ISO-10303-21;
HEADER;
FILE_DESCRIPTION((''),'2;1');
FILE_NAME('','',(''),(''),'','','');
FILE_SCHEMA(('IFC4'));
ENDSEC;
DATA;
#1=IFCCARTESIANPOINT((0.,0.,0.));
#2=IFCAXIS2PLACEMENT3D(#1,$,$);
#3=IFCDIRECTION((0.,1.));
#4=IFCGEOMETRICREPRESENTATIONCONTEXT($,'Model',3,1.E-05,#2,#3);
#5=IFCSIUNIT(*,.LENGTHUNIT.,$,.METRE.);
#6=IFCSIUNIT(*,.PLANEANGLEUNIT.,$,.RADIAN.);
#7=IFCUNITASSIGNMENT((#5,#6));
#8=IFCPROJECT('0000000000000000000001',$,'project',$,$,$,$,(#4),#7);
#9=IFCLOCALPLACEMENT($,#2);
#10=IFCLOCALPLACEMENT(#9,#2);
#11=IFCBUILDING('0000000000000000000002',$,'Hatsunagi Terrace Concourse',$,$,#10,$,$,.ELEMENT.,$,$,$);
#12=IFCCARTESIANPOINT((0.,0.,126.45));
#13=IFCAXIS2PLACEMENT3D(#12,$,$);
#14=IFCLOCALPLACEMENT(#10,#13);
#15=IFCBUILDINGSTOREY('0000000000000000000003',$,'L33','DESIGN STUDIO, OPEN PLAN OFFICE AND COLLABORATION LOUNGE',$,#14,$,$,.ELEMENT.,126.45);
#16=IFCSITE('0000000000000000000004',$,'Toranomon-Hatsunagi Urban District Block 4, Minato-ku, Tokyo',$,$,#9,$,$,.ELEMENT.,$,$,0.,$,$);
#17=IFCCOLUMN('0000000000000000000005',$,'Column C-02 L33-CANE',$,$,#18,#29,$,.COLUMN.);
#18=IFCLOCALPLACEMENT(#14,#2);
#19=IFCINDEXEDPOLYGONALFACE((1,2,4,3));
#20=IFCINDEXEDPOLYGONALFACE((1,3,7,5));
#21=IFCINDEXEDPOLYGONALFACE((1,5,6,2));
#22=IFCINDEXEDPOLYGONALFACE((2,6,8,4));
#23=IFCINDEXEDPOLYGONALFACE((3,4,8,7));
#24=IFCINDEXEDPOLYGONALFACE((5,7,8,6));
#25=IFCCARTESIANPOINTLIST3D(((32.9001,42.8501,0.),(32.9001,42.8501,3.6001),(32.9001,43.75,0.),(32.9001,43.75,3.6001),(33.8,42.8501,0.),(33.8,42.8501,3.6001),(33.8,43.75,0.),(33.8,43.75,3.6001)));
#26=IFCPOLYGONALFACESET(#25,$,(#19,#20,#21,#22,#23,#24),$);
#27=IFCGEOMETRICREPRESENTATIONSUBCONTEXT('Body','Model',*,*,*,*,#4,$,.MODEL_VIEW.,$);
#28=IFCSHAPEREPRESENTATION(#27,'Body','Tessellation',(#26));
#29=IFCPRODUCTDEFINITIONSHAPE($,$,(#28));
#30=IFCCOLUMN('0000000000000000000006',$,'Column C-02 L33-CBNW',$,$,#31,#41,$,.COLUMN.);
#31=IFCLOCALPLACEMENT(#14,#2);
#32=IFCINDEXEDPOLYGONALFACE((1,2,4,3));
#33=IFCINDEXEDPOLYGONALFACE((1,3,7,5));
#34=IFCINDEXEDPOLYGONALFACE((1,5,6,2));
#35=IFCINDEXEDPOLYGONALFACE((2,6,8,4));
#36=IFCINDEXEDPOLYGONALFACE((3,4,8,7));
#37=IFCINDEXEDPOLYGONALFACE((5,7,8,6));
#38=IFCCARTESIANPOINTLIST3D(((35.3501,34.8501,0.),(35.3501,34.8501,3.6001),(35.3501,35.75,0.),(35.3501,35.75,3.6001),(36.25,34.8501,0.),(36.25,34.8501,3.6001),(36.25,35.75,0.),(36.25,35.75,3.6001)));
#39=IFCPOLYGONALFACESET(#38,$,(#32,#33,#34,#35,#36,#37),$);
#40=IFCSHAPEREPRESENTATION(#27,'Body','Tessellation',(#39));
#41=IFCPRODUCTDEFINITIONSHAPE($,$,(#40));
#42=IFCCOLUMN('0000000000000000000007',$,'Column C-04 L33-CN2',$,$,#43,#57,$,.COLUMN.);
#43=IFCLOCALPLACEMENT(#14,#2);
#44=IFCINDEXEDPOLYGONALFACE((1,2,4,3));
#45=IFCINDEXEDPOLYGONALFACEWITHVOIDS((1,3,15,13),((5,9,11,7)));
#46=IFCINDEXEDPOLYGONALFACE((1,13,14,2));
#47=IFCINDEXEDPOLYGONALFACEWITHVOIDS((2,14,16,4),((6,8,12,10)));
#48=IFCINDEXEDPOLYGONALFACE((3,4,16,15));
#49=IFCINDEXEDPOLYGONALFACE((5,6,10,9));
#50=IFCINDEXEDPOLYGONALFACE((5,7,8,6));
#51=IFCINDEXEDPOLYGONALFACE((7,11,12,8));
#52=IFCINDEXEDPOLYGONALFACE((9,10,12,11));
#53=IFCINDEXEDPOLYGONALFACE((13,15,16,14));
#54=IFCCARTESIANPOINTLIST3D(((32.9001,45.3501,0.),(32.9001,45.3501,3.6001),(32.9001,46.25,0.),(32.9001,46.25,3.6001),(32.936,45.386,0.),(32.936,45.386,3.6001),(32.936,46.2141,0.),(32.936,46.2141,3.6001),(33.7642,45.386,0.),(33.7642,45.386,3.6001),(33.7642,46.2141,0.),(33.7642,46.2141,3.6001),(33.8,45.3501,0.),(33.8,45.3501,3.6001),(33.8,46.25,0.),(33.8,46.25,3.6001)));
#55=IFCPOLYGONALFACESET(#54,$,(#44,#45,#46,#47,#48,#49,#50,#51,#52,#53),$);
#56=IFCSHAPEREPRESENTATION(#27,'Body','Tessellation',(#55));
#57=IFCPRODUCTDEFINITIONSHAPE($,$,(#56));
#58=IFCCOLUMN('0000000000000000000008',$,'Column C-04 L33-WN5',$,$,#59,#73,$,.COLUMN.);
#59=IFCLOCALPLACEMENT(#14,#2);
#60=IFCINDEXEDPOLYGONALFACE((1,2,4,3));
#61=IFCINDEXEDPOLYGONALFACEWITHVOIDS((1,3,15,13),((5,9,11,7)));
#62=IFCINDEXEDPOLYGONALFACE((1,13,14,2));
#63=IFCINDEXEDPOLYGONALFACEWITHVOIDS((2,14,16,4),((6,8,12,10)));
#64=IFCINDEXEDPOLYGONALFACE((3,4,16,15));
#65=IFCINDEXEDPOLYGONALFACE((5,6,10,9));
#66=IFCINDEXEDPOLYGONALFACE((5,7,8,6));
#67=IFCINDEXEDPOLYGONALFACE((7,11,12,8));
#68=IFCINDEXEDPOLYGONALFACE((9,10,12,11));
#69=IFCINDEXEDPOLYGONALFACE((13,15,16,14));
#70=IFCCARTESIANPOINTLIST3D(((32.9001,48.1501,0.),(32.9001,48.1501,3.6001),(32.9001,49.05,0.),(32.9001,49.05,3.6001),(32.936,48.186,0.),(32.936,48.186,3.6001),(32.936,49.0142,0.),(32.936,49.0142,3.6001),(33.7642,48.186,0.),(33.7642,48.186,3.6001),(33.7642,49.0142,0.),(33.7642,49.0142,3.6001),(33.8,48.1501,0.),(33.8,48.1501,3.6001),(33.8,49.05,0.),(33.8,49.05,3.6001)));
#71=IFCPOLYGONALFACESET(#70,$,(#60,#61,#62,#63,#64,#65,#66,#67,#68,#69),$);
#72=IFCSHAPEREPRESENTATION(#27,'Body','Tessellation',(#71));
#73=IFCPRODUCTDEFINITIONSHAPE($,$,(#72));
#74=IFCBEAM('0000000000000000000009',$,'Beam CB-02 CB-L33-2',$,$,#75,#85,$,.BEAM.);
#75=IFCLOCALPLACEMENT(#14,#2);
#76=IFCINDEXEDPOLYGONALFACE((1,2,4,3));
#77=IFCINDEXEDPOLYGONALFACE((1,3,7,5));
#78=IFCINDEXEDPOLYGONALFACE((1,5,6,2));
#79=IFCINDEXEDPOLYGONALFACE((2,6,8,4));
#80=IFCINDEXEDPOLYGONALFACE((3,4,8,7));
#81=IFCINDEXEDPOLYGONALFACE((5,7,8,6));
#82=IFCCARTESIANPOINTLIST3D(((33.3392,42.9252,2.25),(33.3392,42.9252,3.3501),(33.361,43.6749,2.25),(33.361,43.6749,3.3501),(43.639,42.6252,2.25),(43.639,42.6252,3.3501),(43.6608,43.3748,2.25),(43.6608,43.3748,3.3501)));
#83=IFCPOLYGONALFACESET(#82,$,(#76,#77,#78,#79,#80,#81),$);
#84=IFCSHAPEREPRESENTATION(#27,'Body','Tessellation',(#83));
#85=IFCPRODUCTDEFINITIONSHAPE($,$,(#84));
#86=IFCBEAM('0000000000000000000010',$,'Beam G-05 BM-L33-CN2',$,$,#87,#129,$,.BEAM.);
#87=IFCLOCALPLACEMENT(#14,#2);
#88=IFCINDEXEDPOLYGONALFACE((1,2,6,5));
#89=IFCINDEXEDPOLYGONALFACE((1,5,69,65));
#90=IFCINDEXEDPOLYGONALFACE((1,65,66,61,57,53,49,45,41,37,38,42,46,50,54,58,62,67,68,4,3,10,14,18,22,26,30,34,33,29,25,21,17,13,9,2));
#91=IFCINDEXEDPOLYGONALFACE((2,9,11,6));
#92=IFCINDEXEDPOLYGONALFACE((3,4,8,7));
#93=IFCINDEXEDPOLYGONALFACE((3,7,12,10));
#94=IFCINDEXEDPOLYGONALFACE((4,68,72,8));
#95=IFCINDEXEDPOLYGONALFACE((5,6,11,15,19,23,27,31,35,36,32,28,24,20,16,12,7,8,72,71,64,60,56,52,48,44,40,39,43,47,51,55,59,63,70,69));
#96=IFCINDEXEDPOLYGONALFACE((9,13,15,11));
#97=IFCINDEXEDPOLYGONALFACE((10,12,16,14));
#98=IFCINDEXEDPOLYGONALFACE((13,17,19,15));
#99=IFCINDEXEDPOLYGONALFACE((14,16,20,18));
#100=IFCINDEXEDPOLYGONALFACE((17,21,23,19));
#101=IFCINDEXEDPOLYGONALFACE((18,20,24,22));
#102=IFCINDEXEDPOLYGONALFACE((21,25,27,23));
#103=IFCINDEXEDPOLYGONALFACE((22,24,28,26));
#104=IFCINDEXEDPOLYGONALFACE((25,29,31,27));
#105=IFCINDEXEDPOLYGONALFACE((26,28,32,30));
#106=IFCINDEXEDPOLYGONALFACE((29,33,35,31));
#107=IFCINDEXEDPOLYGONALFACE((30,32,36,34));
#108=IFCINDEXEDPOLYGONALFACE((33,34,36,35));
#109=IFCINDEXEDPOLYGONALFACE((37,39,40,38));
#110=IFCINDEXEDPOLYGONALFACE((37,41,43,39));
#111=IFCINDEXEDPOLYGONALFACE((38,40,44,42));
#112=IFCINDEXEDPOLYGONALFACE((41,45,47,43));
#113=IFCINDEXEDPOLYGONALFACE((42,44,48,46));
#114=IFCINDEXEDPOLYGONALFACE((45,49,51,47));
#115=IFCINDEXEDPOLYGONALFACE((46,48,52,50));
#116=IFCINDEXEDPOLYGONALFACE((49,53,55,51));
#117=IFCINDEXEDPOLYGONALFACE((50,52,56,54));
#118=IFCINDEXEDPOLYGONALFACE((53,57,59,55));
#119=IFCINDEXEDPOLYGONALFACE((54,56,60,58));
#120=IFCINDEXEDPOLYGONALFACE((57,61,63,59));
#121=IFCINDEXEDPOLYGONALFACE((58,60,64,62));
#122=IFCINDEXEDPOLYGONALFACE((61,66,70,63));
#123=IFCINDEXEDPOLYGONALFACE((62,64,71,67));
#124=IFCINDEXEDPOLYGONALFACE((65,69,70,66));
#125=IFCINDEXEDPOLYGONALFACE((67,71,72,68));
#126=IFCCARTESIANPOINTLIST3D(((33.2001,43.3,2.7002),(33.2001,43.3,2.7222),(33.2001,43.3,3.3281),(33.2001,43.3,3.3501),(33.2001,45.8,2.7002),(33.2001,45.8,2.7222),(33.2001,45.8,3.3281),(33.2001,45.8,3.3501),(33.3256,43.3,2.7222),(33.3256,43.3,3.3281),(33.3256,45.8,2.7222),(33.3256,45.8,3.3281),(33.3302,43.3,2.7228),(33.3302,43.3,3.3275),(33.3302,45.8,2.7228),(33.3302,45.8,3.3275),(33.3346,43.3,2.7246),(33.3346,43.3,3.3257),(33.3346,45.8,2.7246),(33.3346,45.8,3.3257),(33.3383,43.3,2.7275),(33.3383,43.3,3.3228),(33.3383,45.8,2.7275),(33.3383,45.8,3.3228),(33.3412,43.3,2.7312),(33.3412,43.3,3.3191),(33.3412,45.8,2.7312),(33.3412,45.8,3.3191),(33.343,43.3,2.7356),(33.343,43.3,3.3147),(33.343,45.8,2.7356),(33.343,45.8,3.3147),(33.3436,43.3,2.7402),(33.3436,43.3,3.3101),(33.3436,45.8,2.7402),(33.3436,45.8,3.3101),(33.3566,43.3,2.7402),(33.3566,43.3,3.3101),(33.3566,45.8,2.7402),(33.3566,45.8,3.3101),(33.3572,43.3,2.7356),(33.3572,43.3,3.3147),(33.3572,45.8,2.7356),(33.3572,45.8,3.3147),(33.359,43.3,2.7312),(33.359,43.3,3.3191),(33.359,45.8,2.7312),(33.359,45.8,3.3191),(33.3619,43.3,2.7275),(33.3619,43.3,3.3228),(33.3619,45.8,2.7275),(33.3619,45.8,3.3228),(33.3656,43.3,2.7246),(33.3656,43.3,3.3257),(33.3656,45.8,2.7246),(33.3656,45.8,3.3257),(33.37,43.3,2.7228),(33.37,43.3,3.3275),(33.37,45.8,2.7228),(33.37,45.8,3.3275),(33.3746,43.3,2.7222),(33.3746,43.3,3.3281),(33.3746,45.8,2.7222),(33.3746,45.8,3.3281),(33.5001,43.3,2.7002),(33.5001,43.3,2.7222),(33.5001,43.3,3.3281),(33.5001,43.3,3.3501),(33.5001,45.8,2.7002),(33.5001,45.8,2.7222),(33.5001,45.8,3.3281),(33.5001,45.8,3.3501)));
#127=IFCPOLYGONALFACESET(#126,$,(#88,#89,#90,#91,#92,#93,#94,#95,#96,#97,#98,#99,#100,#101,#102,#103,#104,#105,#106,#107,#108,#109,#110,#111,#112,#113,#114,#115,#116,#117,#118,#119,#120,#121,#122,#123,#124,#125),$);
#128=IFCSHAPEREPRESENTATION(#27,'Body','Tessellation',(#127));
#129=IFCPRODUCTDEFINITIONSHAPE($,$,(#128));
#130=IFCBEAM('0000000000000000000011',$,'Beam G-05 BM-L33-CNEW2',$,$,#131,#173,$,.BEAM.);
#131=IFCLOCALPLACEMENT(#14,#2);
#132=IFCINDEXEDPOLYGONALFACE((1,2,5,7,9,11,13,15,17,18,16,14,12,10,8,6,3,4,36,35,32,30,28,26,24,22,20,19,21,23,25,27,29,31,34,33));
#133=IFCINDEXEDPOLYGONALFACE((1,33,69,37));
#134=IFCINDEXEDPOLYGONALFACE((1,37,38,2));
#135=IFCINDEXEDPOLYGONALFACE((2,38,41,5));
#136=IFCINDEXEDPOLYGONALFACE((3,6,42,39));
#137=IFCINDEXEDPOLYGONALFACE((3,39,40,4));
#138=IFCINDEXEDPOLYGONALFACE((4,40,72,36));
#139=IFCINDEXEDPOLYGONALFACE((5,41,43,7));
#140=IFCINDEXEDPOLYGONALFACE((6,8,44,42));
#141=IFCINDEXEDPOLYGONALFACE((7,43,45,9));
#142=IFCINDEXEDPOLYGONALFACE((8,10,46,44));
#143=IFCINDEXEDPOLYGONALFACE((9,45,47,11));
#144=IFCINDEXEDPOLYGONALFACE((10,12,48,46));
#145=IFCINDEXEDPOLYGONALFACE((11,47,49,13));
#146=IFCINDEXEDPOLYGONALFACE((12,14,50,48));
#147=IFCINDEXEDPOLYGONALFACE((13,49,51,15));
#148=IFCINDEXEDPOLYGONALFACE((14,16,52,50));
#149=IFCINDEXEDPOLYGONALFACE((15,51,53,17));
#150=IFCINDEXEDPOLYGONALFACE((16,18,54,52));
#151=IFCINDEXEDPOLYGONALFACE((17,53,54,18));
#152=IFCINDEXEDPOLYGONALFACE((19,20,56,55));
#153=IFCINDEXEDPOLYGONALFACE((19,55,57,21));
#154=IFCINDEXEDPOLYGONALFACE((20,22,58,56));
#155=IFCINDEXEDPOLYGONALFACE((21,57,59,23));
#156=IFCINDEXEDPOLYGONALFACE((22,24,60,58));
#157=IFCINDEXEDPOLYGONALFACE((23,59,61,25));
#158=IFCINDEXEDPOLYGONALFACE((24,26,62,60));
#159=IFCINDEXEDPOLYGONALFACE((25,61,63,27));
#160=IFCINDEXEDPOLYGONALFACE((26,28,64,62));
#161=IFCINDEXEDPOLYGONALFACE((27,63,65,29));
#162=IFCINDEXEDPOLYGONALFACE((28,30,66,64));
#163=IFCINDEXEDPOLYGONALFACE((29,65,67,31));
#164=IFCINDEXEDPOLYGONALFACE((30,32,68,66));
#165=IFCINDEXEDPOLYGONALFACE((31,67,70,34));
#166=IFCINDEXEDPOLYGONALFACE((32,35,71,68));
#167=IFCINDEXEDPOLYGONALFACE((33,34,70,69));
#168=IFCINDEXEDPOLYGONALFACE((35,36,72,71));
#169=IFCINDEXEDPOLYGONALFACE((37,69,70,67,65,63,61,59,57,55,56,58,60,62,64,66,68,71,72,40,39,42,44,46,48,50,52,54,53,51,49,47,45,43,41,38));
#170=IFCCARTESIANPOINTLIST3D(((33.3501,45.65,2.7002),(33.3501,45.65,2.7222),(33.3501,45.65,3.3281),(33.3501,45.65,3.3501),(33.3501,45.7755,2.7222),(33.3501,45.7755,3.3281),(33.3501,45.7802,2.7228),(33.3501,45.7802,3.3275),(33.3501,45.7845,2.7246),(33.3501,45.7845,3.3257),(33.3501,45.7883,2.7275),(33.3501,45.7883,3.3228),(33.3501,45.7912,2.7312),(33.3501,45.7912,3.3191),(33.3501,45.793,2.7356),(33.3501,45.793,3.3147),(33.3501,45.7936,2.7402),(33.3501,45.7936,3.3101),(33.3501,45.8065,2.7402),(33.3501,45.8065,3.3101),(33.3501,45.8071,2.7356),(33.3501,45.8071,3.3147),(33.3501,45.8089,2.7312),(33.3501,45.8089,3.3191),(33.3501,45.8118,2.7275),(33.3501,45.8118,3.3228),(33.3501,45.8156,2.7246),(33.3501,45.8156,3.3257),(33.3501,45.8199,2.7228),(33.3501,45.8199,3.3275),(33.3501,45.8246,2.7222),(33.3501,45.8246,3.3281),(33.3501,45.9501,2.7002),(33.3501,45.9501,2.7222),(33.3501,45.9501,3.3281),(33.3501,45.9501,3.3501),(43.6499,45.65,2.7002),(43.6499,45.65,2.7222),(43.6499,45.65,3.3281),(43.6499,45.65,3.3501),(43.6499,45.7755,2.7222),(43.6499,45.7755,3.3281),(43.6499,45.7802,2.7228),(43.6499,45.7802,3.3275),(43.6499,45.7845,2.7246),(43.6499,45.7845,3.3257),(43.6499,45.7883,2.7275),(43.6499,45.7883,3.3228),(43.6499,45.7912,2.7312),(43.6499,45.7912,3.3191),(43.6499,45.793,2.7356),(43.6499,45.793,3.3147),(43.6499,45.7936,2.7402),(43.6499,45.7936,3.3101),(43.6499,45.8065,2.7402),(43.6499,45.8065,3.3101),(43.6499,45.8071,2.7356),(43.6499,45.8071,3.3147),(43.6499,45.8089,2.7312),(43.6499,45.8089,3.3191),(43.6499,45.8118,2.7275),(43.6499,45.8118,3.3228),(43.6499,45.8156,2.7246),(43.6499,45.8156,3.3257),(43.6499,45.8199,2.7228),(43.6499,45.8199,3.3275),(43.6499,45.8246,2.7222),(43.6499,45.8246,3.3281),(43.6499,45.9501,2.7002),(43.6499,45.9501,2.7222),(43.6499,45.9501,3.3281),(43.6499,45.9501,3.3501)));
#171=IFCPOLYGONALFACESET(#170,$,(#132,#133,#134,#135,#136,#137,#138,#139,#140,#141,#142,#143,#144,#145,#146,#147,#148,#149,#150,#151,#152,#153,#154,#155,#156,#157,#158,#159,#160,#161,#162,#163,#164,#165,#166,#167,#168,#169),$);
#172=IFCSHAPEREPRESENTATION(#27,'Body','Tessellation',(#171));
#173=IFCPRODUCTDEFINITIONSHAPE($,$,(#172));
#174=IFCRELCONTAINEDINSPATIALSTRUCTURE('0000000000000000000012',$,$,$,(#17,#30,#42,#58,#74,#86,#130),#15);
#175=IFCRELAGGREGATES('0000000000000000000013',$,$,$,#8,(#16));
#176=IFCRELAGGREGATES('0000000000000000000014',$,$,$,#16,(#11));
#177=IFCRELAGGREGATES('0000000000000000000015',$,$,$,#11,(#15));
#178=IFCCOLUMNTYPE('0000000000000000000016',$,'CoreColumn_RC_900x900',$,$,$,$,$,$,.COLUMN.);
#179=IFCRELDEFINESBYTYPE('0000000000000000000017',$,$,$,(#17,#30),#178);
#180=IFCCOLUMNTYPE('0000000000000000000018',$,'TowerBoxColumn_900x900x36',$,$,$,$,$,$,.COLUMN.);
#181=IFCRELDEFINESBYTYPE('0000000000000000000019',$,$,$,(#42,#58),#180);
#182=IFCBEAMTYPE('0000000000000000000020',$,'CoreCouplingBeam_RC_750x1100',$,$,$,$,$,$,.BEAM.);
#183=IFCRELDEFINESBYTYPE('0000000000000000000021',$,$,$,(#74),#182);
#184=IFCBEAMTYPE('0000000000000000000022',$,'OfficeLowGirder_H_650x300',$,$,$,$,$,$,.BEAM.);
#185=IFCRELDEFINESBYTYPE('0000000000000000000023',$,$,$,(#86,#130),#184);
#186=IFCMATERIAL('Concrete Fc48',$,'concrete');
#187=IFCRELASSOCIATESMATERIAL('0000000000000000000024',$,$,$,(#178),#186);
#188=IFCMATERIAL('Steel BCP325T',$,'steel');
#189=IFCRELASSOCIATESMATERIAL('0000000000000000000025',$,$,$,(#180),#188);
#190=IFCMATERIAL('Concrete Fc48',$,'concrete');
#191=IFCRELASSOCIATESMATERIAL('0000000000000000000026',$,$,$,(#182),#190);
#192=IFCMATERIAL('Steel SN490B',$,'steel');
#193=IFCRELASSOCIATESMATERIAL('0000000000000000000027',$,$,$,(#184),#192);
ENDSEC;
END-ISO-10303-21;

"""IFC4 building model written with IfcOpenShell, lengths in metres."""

from ifc_helpers import new_model, si_unit, direction, frame, origin, origin_2d, place, context, subcontext, project, spatial, rectangle, hollow_rectangle, i_section, extrude, material, material_profile, profile_set, type_object, element, save


model = new_model("IFC4")

# Units and contexts
model_context = context("Model", 3, precision=1e-05, world=origin(), true_north=direction((0.0, 1.0)))
body_context = subcontext(model_context, "Body", "Model", "MODEL_VIEW")
ifc_project = project(units=[si_unit("LENGTHUNIT", "METRE"), si_unit("PLANEANGLEUNIT", "RADIAN")], contexts=[model_context])

# Site, building, storey
site_placement = place(None, origin())
site = spatial("IfcSite", under=ifc_project, at=site_placement, Name="Toranomon-Hatsunagi Urban District Block 4, Minato-ku, Tokyo", CompositionType="ELEMENT", RefElevation=0.0)
building_placement = place(site_placement, origin())
building = spatial("IfcBuilding", under=site, at=building_placement, Name="Hatsunagi Terrace Concourse", CompositionType="ELEMENT")
storey_placement = place(building_placement, frame((0.0, 0.0, 126.45)))
storey = spatial("IfcBuildingStorey", under=building, at=storey_placement, Name="L33", Description="DESIGN STUDIO, OPEN PLAN OFFICE AND COLLABORATION LOUNGE", CompositionType="ELEMENT", Elevation=126.45)

# Columns
ifc_material_1 = material(Name="Concrete Fc48", Category="concrete")
ifc_material_profile_1 = material_profile(ifc_material_1, rectangle(XDim=0.8999, YDim=0.8999, at=origin_2d()), Name="RC-900x900")
ifc_profile_set_1 = profile_set([ifc_material_profile_1], Name="Concrete Fc48")
column_type_1 = type_object("IfcColumnType", Name="CoreColumn_RC_900x900", PredefinedType="COLUMN", material=ifc_profile_set_1)
for number, where, z_axis, x_axis, name in (
    (1, (33.3501, 43.3, 0.0), (0.0, 0.0, 1.0), (1.0, 0.0, 0.0), "Column C-02 L33-CANE"),
    (2, (35.8, 35.3, 0.0), (0.0, 0.0, 1.0), (1.0, 0.0, 0.0), "Column C-02 L33-CBNW"),
):
    element("IfcColumn", number, at=place(storey_placement, frame(where, z_axis=z_axis, x_axis=x_axis)), inside=storey, type_object=column_type_1, Name=name, PredefinedType="COLUMN", context=body_context, shape_type="SweptSolid", body=[
        extrude(rectangle(XDim=0.8999, YDim=0.8999, at=origin_2d()), origin(), (0.0, 0.0, 1.0), 3.6001),
    ])
ifc_material_2 = material(Name="Steel BCP325T", Category="steel")
ifc_material_profile_2 = material_profile(ifc_material_2, hollow_rectangle(XDim=0.8999, YDim=0.8999, WallThickness=0.0359, at=origin_2d()), Name="BCP-900x900x36")
ifc_profile_set_2 = profile_set([ifc_material_profile_2], Name="Steel BCP325T")
column_type_2 = type_object("IfcColumnType", Name="TowerBoxColumn_900x900x36", PredefinedType="COLUMN", material=ifc_profile_set_2)
for number, where, z_axis, x_axis, name in (
    (3, (33.3501, 45.8, 0.0), (0.0, 0.0, 1.0), (1.0, 0.0, 0.0), "Column C-04 L33-CN2"),
    (4, (33.3501, 48.6001, 0.0), (0.0, 0.0, 1.0), (1.0, 0.0, 0.0), "Column C-04 L33-WN5"),
):
    element("IfcColumn", number, at=place(storey_placement, frame(where, z_axis=z_axis, x_axis=x_axis)), inside=storey, type_object=column_type_2, Name=name, PredefinedType="COLUMN", context=body_context, shape_type="SweptSolid", body=[
        extrude(hollow_rectangle(XDim=0.8999, YDim=0.8999, WallThickness=0.0359, at=origin_2d()), origin(), (0.0, 0.0, 1.0), 3.6001),
    ])

# Beams
ifc_material_3 = material(Name="Concrete Fc48", Category="concrete")
ifc_material_profile_3 = material_profile(ifc_material_3, rectangle(XDim=0.75, YDim=1.1001, at=origin_2d()), Name="RC-750x1100")
ifc_profile_set_3 = profile_set([ifc_material_profile_3], Name="Concrete Fc48")
beam_type_1 = type_object("IfcBeamType", Name="CoreCouplingBeam_RC_750x1100", PredefinedType="BEAM", material=ifc_profile_set_3)
beam_1_placement = place(storey_placement, frame((33.3501, 43.3, 2.8), z_axis=(0.999576, -0.029119, 0.0), x_axis=(0.029119, 0.999576, 0.0)))
element("IfcBeam", 5, at=beam_1_placement, inside=storey, type_object=beam_type_1, Name="Beam CB-02 CB-L33-2", PredefinedType="BEAM", context=body_context, shape_type="SweptSolid", body=[
    extrude(rectangle(XDim=0.75, YDim=1.1001, at=origin_2d()), origin(), (0.0, 0.0, 1.0), 10.3042),
])
ifc_material_4 = material(Name="Steel SN490B", Category="steel")
ifc_material_profile_4 = material_profile(ifc_material_4, i_section(OverallWidth=0.3, OverallDepth=0.6499, WebThickness=0.0129, FlangeThickness=0.022, FilletRadius=0.0181, at=origin_2d()), Name="H-650x300x13x22")
ifc_profile_set_4 = profile_set([ifc_material_profile_4], Name="Steel SN490B")
beam_type_2 = type_object("IfcBeamType", Name="OfficeLowGirder_H_650x300", PredefinedType="BEAM", material=ifc_profile_set_4)
beam_2_placement = place(storey_placement, frame((33.3501, 43.3, 3.0251), z_axis=(0.0, 1.0, 0.0), x_axis=(-1.0, 0.0, 0.0)))
element("IfcBeam", 6, at=beam_2_placement, inside=storey, type_object=beam_type_2, Name="Beam G-05 BM-L33-CN2", PredefinedType="BEAM", context=body_context, shape_type="SweptSolid", body=[
    extrude(i_section(OverallWidth=0.3, OverallDepth=0.6499, WebThickness=0.0129, FlangeThickness=0.022, FilletRadius=0.0181, at=origin_2d()), origin(), (0.0, 0.0, 1.0), 2.5),
])
beam_3_placement = place(storey_placement, frame((33.3501, 45.8, 3.0251), z_axis=(1.0, 0.0, 0.0), x_axis=(0.0, 1.0, 0.0)))
element("IfcBeam", 7, at=beam_3_placement, inside=storey, type_object=beam_type_2, Name="Beam G-05 BM-L33-CNEW2", PredefinedType="BEAM", context=body_context, shape_type="SweptSolid", body=[
    extrude(i_section(OverallWidth=0.3, OverallDepth=0.6499, WebThickness=0.0129, FlangeThickness=0.022, FilletRadius=0.0181, at=origin_2d()), origin(), (0.0, 0.0, 1.0), 10.2998),
])

save(model, "model.ifc")
